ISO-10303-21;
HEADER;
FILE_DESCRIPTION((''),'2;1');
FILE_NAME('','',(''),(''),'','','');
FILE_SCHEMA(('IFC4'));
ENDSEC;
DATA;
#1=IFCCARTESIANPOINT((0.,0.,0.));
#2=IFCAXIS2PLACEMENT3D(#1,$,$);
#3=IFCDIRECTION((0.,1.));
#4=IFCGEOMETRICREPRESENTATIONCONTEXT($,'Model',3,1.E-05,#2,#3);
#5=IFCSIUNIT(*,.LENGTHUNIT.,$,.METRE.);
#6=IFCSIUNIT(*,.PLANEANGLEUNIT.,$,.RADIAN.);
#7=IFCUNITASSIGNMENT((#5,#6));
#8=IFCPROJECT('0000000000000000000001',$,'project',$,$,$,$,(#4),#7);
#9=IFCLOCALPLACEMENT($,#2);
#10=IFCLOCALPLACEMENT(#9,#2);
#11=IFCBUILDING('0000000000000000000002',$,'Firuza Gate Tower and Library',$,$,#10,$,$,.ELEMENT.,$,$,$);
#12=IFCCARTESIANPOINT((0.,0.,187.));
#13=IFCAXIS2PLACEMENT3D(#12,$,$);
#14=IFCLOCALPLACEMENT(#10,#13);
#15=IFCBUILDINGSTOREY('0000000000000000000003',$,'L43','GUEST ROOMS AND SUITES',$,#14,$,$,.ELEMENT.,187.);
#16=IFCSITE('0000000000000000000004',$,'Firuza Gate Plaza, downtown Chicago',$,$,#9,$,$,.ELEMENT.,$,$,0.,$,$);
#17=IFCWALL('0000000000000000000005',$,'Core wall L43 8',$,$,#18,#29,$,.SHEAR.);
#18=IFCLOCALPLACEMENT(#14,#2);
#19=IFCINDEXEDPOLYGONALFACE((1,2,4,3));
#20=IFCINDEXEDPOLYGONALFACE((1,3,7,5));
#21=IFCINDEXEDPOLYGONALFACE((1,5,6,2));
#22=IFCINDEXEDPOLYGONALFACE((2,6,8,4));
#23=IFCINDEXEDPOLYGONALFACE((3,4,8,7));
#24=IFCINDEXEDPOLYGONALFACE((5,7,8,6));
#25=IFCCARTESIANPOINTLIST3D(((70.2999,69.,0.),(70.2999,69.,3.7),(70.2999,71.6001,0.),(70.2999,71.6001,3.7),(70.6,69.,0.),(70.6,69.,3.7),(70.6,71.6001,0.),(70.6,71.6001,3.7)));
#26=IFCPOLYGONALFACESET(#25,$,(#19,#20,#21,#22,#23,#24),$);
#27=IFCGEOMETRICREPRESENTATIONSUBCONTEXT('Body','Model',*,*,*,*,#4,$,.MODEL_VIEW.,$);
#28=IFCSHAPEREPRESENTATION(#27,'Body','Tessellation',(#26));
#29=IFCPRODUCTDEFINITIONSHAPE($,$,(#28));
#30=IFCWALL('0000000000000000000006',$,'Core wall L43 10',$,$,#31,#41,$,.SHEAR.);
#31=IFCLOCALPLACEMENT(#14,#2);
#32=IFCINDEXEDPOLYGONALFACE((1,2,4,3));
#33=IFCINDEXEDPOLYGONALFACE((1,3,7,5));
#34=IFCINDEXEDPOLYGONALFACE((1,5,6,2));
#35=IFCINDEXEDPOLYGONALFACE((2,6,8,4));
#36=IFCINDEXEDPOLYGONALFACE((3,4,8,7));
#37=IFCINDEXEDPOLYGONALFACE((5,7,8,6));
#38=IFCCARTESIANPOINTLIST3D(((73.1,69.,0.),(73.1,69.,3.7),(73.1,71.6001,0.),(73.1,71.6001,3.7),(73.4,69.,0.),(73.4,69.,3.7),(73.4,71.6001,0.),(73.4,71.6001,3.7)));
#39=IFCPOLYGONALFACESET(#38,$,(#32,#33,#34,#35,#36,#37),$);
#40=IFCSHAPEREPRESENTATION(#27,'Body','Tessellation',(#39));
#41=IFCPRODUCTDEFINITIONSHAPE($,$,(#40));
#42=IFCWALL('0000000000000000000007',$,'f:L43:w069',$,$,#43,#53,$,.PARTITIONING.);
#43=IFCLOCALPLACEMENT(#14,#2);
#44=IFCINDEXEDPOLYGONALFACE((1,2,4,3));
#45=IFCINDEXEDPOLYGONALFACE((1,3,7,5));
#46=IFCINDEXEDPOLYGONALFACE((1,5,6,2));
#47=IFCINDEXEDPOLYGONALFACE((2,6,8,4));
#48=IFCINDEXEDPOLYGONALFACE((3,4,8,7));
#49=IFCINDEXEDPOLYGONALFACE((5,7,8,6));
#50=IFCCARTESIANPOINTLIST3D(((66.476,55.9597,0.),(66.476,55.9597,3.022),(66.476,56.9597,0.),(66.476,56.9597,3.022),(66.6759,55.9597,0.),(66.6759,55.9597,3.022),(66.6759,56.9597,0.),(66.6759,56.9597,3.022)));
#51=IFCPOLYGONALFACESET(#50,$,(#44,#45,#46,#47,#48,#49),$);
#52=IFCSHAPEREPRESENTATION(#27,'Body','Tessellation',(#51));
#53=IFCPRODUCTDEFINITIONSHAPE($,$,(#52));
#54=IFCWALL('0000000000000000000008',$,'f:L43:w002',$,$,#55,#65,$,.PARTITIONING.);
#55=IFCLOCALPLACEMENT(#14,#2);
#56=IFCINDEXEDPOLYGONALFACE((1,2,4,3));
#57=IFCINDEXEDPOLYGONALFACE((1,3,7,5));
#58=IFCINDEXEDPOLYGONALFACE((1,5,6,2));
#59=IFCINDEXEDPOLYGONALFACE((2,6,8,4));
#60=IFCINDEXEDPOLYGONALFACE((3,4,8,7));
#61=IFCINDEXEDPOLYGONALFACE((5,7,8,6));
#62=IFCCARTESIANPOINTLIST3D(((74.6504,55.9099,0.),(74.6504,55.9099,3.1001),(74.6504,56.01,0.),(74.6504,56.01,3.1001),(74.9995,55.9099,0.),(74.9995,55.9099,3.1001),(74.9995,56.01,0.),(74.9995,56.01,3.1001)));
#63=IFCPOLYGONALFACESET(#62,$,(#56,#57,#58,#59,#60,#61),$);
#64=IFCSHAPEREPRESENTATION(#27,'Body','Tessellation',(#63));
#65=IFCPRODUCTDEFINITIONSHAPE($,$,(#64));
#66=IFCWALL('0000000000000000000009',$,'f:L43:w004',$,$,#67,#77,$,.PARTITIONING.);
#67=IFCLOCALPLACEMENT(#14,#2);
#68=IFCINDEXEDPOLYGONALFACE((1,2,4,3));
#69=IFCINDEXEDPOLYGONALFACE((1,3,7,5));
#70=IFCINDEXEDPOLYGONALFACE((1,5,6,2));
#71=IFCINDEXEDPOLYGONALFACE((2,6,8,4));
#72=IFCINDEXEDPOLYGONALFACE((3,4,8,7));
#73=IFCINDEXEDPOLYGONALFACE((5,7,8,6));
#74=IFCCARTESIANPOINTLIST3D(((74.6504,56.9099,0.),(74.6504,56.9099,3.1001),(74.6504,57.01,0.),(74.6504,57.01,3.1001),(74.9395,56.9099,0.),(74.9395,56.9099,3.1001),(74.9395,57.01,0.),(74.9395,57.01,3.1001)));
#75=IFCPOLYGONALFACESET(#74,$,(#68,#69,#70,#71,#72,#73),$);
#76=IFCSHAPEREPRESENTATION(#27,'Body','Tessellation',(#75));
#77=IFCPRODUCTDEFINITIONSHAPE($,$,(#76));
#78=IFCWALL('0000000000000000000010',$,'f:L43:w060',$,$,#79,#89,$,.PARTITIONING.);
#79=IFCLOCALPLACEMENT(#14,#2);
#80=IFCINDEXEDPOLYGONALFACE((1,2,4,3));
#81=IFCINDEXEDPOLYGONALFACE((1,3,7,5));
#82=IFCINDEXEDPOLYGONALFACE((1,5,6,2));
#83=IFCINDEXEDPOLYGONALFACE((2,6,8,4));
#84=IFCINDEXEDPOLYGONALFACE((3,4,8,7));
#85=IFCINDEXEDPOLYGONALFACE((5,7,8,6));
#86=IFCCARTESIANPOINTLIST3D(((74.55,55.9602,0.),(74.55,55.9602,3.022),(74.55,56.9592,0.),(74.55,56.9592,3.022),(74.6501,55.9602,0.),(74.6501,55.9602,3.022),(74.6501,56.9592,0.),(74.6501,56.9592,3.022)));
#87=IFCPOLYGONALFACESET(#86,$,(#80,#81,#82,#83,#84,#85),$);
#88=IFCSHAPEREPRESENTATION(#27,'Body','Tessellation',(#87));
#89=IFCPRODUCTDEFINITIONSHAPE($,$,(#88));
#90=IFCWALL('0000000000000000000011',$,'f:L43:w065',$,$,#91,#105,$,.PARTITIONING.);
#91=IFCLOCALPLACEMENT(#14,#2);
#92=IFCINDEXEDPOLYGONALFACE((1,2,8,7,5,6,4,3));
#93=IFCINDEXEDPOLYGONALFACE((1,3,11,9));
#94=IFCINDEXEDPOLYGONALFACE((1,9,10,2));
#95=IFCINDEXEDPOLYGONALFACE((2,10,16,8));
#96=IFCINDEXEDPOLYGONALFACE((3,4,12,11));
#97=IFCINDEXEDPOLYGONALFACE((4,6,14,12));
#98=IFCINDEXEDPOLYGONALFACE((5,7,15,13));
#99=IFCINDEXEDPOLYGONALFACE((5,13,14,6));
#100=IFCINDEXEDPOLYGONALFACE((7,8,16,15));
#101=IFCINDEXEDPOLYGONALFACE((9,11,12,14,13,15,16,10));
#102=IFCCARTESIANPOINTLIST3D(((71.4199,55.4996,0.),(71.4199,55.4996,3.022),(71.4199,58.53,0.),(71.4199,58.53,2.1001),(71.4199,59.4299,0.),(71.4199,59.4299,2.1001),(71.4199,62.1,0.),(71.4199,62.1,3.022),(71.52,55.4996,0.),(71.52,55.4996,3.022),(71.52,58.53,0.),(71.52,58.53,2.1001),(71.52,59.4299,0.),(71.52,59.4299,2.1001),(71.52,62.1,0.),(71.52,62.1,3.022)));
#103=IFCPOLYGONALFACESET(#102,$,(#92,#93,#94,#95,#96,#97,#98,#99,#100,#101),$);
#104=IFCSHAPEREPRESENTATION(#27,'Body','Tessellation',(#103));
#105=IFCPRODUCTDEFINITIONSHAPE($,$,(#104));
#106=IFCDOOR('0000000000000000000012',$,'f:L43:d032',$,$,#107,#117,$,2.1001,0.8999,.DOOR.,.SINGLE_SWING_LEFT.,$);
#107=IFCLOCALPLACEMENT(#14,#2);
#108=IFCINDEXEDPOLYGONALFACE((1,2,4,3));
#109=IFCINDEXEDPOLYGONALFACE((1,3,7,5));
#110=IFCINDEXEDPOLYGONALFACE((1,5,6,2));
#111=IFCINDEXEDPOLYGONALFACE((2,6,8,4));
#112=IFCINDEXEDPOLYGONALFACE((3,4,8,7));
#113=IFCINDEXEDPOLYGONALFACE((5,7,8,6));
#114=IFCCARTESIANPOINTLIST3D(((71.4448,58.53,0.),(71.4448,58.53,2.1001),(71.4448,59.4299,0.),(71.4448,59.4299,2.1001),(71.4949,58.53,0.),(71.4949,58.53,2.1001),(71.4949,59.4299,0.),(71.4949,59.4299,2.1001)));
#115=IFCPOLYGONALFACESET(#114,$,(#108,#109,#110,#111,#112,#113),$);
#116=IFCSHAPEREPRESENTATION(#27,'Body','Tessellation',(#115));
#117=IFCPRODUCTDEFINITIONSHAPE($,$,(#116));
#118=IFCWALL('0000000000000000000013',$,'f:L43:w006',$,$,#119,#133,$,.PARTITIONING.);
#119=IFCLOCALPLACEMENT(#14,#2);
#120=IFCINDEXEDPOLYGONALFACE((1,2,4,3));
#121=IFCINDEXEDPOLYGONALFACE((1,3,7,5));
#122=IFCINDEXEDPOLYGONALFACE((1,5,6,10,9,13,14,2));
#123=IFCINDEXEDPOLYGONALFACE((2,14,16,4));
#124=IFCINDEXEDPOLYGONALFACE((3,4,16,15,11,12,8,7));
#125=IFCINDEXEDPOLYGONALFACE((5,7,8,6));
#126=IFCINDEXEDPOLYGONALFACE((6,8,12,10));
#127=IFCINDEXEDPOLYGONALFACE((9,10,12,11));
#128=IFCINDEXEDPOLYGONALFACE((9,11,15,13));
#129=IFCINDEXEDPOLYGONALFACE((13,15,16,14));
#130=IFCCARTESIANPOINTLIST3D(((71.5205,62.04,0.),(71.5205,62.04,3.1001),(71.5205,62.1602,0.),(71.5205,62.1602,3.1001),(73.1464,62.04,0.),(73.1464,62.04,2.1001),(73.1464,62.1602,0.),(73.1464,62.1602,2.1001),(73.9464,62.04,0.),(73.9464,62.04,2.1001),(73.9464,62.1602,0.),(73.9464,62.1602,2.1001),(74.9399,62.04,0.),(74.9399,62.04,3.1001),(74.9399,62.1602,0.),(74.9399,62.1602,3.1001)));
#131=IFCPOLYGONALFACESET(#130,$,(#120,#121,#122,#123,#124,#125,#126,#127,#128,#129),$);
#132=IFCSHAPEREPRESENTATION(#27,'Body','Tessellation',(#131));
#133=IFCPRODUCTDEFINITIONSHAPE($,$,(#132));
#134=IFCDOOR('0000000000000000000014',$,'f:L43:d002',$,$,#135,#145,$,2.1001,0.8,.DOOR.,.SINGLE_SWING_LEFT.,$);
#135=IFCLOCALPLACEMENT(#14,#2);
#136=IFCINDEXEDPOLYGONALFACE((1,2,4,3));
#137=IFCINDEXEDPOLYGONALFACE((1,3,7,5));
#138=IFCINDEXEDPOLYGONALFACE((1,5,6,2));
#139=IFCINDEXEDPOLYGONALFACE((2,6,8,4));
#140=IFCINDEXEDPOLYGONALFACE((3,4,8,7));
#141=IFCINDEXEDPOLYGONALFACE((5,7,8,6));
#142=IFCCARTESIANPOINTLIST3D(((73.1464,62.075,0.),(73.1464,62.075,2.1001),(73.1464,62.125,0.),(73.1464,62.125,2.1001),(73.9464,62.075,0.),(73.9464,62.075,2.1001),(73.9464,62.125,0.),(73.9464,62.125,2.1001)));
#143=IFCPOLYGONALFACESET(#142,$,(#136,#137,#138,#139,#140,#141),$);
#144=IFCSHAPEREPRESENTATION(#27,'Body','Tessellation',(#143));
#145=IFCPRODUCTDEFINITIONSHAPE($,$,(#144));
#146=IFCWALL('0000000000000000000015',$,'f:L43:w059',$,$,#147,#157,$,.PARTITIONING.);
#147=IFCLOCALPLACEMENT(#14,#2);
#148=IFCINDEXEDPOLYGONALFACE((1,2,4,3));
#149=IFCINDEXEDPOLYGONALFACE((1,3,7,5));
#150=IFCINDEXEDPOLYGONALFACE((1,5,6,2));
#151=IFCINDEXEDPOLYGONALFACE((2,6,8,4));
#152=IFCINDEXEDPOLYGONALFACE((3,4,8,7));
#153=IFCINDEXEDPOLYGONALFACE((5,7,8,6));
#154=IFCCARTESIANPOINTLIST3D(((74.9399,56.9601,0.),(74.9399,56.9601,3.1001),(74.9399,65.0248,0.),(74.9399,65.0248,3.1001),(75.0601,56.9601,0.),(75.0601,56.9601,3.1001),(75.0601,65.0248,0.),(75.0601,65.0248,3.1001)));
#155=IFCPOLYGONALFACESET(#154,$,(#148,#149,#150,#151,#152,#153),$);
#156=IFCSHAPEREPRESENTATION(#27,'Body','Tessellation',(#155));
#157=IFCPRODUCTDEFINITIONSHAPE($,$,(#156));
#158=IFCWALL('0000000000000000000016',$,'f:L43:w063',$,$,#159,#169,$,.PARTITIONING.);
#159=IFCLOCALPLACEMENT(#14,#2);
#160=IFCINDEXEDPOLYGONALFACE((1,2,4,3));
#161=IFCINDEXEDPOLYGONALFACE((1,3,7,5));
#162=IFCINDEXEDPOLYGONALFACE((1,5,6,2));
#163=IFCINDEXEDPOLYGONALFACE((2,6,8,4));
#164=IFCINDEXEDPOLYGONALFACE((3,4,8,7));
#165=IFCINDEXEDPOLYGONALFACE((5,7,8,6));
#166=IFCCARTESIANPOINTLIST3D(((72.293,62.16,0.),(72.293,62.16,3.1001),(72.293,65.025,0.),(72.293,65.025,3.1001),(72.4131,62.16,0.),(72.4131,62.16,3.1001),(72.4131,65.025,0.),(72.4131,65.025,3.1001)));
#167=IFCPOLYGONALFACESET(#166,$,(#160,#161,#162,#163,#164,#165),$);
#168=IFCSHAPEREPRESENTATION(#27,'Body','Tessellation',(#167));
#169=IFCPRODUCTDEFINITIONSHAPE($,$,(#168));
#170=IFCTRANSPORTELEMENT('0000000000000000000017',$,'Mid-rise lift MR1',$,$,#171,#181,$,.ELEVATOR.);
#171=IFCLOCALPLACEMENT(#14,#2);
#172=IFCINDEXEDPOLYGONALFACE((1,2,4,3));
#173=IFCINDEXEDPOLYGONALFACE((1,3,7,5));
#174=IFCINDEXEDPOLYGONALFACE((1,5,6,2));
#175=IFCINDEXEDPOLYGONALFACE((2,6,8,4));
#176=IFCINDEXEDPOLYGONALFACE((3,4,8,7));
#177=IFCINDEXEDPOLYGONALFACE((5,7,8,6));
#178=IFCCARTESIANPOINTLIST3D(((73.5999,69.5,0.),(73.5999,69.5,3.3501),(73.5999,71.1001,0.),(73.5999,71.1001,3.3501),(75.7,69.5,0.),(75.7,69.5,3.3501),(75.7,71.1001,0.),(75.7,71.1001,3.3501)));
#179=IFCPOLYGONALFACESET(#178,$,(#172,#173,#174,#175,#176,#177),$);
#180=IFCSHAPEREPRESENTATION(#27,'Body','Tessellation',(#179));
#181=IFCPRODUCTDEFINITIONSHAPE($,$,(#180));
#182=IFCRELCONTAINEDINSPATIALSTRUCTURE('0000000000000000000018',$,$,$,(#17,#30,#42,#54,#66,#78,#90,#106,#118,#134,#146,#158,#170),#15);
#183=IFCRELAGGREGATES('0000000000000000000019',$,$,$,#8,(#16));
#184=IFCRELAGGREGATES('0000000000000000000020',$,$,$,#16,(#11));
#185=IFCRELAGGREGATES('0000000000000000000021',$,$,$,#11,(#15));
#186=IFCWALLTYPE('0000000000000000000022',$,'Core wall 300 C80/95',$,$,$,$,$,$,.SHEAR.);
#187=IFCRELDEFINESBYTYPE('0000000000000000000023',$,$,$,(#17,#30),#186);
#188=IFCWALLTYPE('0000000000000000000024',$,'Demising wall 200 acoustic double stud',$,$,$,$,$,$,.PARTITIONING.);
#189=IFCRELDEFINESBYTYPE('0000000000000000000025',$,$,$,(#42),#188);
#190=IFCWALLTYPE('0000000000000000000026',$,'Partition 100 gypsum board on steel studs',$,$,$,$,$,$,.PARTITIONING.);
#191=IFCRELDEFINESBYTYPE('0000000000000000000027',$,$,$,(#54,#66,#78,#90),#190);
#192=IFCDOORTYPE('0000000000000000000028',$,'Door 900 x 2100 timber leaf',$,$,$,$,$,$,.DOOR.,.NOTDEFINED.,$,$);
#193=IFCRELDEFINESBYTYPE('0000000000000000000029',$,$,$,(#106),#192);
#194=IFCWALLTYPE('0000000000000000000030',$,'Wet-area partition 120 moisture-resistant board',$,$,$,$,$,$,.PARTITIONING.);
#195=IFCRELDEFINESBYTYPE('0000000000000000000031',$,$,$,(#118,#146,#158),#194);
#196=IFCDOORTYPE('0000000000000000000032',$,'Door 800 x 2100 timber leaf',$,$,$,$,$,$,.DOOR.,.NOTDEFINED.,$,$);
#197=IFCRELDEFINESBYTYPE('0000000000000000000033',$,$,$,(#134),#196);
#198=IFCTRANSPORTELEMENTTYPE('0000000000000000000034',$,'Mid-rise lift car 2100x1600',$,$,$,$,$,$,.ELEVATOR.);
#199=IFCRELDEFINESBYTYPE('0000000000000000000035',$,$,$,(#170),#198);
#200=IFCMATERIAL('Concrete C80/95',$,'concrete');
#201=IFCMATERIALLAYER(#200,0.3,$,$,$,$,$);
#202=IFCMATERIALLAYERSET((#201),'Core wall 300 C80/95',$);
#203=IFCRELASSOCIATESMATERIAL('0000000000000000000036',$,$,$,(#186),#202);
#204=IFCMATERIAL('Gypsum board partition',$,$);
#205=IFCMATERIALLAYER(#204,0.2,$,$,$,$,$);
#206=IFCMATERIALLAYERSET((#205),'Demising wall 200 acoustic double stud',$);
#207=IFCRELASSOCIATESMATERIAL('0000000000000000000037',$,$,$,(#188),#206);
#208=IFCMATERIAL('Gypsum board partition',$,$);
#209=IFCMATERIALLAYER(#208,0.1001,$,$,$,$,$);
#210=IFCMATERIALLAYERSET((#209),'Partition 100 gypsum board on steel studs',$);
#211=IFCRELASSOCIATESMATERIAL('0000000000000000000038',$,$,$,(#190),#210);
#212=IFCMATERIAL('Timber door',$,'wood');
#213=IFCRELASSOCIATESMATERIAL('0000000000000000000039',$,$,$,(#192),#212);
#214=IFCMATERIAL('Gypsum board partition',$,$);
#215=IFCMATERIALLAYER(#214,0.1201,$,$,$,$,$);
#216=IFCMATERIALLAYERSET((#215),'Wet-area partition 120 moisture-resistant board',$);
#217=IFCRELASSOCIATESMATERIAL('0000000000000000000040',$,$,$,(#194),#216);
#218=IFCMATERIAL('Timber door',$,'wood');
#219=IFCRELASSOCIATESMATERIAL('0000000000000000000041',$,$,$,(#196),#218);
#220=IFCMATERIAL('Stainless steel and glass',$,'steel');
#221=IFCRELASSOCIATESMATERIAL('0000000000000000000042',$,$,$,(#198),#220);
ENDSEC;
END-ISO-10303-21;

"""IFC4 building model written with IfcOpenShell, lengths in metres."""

from ifc_helpers import new_model, si_unit, direction, frame, frame_2d, origin, origin_2d, place, context, subcontext, project, spatial, rectangle, extrude, material, layer, layer_set, type_object, element, fill, save


model = new_model("IFC4")

# Units and contexts
model_context = context("Model", 3, precision=1e-05, world=origin(), true_north=direction((0.0, 1.0)))
body_context = subcontext(model_context, "Body", "Model", "MODEL_VIEW")
ifc_project = project(units=[si_unit("LENGTHUNIT", "METRE"), si_unit("PLANEANGLEUNIT", "RADIAN")], contexts=[model_context])

# Site, building, storey
site_placement = place(None, origin())
site = spatial("IfcSite", under=ifc_project, at=site_placement, Name="Firuza Gate Plaza, downtown Chicago", CompositionType="ELEMENT", RefElevation=0.0)
building_placement = place(site_placement, origin())
building = spatial("IfcBuilding", under=site, at=building_placement, Name="Firuza Gate Tower and Library", CompositionType="ELEMENT")
storey_placement = place(building_placement, frame((0.0, 0.0, 187.0)))
storey = spatial("IfcBuildingStorey", under=building, at=storey_placement, Name="L43", Description="GUEST ROOMS AND SUITES", CompositionType="ELEMENT", Elevation=187.0)

# Walls
ifc_material_1 = material(Name="Concrete C80/95", Category="concrete")
ifc_layer_1 = layer(ifc_material_1, 0.3)
ifc_layer_set_1 = layer_set([ifc_layer_1], Name="Core wall 300 C80/95")
wall_type_1 = type_object("IfcWallType", Name="Core wall 300 C80/95", PredefinedType="SHEAR", material=ifc_layer_set_1)
for number, where, z_axis, x_axis, name in (
    (1, (70.45, 69.0, 0.0), (0.0, 0.0, 1.0), (0.0, 1.0, 0.0), "Core wall L43 8"),
    (2, (73.25, 69.0, 0.0), (0.0, 0.0, 1.0), (0.0, 1.0, 0.0), "Core wall L43 10"),
):
    element("IfcWall", number, at=place(storey_placement, frame(where, z_axis=z_axis, x_axis=x_axis)), inside=storey, type_object=wall_type_1, Name=name, PredefinedType="SHEAR", context=body_context, shape_type="SweptSolid", body=[
        extrude(rectangle(XDim=2.6001, YDim=0.3, at=frame_2d((1.3, 0.0))), origin(), (0.0, 0.0, 1.0), 3.7),
    ])
ifc_material_2 = material(Name="Gypsum board partition")
ifc_layer_2 = layer(ifc_material_2, 0.2)
ifc_layer_set_2 = layer_set([ifc_layer_2], Name="Demising wall 200 acoustic double stud")
wall_type_2 = type_object("IfcWallType", Name="Demising wall 200 acoustic double stud", PredefinedType="PARTITIONING", material=ifc_layer_set_2)
wall_1_placement = place(storey_placement, frame((66.5759, 55.9597, 0.0), z_axis=(0.0, 0.0, 1.0), x_axis=(0.0, 1.0, 0.0)))
element("IfcWall", 3, at=wall_1_placement, inside=storey, type_object=wall_type_2, Name="f:L43:w069", PredefinedType="PARTITIONING", context=body_context, shape_type="SweptSolid", body=[
    extrude(rectangle(XDim=1.0, YDim=0.2, at=frame_2d((0.5, 0.0))), origin(), (0.0, 0.0, 1.0), 3.022),
])
ifc_material_3 = material(Name="Gypsum board partition")
ifc_layer_3 = layer(ifc_material_3, 0.1001)
ifc_layer_set_3 = layer_set([ifc_layer_3], Name="Partition 100 gypsum board on steel studs")
wall_type_3 = type_object("IfcWallType", Name="Partition 100 gypsum board on steel studs", PredefinedType="PARTITIONING", material=ifc_layer_set_3)
wall_2_placement = place(storey_placement, frame((74.6504, 55.96, 0.0), z_axis=(0.0, 0.0, 1.0), x_axis=(1.0, 0.0, 0.0)))
element("IfcWall", 4, at=wall_2_placement, inside=storey, type_object=wall_type_3, Name="f:L43:w002", PredefinedType="PARTITIONING", context=body_context, shape_type="SweptSolid", body=[
    extrude(rectangle(XDim=0.3491, YDim=0.1001, at=frame_2d((0.1746, 0.0))), origin(), (0.0, 0.0, 1.0), 3.1001),
])
wall_3_placement = place(storey_placement, frame((74.6504, 56.96, 0.0), z_axis=(0.0, 0.0, 1.0), x_axis=(1.0, 0.0, 0.0)))
element("IfcWall", 5, at=wall_3_placement, inside=storey, type_object=wall_type_3, Name="f:L43:w004", PredefinedType="PARTITIONING", context=body_context, shape_type="SweptSolid", body=[
    extrude(rectangle(XDim=0.2891, YDim=0.1001, at=frame_2d((0.1445, 0.0))), origin(), (0.0, 0.0, 1.0), 3.1001),
])
wall_4_placement = place(storey_placement, frame((74.6001, 55.9602, 0.0), z_axis=(0.0, 0.0, 1.0), x_axis=(0.0, 1.0, 0.0)))
element("IfcWall", 6, at=wall_4_placement, inside=storey, type_object=wall_type_3, Name="f:L43:w060", PredefinedType="PARTITIONING", context=body_context, shape_type="SweptSolid", body=[
    extrude(rectangle(XDim=0.999, YDim=0.1001, at=frame_2d((0.4995, 0.0))), origin(), (0.0, 0.0, 1.0), 3.022),
])

# Walls, openings, doors
wall_5_placement = place(storey_placement, frame((71.47, 62.1001, 0.0), z_axis=(0.0, 0.0, 1.0), x_axis=(0.0, -1.0, 0.0)))
wall_5 = element("IfcWall", 7, at=wall_5_placement, inside=storey, type_object=wall_type_3, Name="f:L43:w065", PredefinedType="PARTITIONING", context=body_context, shape_type="SweptSolid", body=[
    extrude(rectangle(XDim=6.6003, YDim=0.1001, at=frame_2d((3.3003, 0.0))), origin(), (0.0, 0.0, 1.0), 3.022),
])
opening_1_placement = place(wall_5_placement, frame((2.6702, 0.0, 0.0)))
opening_1 = element("IfcOpeningElement", 8, at=opening_1_placement, cuts=wall_5, PredefinedType="OPENING", context=body_context, shape_type="SweptSolid", body=[
    extrude(rectangle(XDim=0.8999, YDim=2.1001, at=frame_2d((0.45, 1.05))), frame((0.0, 0.0601, 0.0), z_axis=(0.0, -1.0, 0.0), x_axis=(1.0, 0.0, 0.0)), (0.0, 0.0, 1.0), 0.1201),
])
ifc_material_4 = material(Name="Timber door", Category="wood")
door_type_1 = type_object("IfcDoorType", Name="Door 900 x 2100 timber leaf", OperationType="NOTDEFINED", PredefinedType="DOOR", material=ifc_material_4)
door_1_placement = place(opening_1_placement, origin())
door_1 = element("IfcDoor", 9, at=door_1_placement, inside=storey, type_object=door_type_1, Name="f:L43:d032", OperationType="SINGLE_SWING_LEFT", OverallHeight=2.1001, OverallWidth=0.8999, PredefinedType="DOOR", context=body_context, shape_type="SweptSolid", body=[
    extrude(rectangle(XDim=0.8999, YDim=2.1001, at=frame_2d((0.45, 1.05))), frame((0.0, 0.0249, 0.0), z_axis=(0.0, -1.0, 0.0), x_axis=(1.0, 0.0, 0.0)), (0.0, 0.0, 1.0), 0.05),
])
fill(opening_1, door_1)
ifc_material_5 = material(Name="Gypsum board partition")
ifc_layer_4 = layer(ifc_material_5, 0.1201)
ifc_layer_set_4 = layer_set([ifc_layer_4], Name="Wet-area partition 120 moisture-resistant board")
wall_type_4 = type_object("IfcWallType", Name="Wet-area partition 120 moisture-resistant board", PredefinedType="PARTITIONING", material=ifc_layer_set_4)
wall_6_placement = place(storey_placement, frame((71.5205, 62.1001, 0.0), z_axis=(0.0, 0.0, 1.0), x_axis=(1.0, 0.0, 0.0)))
wall_6 = element("IfcWall", 10, at=wall_6_placement, inside=storey, type_object=wall_type_4, Name="f:L43:w006", PredefinedType="PARTITIONING", context=body_context, shape_type="SweptSolid", body=[
    extrude(rectangle(XDim=3.4194, YDim=0.1201, at=frame_2d((1.7097, 0.0))), origin(), (0.0, 0.0, 1.0), 3.1001),
])
opening_2_placement = place(wall_6_placement, frame((1.626, 0.0, 0.0)))
opening_2 = element("IfcOpeningElement", 11, at=opening_2_placement, cuts=wall_6, PredefinedType="OPENING", context=body_context, shape_type="SweptSolid", body=[
    extrude(rectangle(XDim=0.8, YDim=2.1001, at=frame_2d((0.3999, 1.05))), frame((0.0, 0.0701, 0.0), z_axis=(0.0, -1.0, 0.0), x_axis=(1.0, 0.0, 0.0)), (0.0, 0.0, 1.0), 0.1401),
])
ifc_material_6 = material(Name="Timber door", Category="wood")
door_type_2 = type_object("IfcDoorType", Name="Door 800 x 2100 timber leaf", OperationType="NOTDEFINED", PredefinedType="DOOR", material=ifc_material_6)
door_2_placement = place(opening_2_placement, origin())
door_2 = element("IfcDoor", 12, at=door_2_placement, inside=storey, type_object=door_type_2, Name="f:L43:d002", OperationType="SINGLE_SWING_LEFT", OverallHeight=2.1001, OverallWidth=0.8, PredefinedType="DOOR", context=body_context, shape_type="SweptSolid", body=[
    extrude(rectangle(XDim=0.8, YDim=2.1001, at=frame_2d((0.3999, 1.05))), frame((0.0, 0.0249, 0.0), z_axis=(0.0, -1.0, 0.0), x_axis=(1.0, 0.0, 0.0)), (0.0, 0.0, 1.0), 0.05),
])
fill(opening_2, door_2)

# Walls
wall_7_placement = place(storey_placement, frame((75.0, 56.9602, 0.0), z_axis=(0.0, 0.0, 1.0), x_axis=(0.0, 1.0, 0.0)))
element("IfcWall", 13, at=wall_7_placement, inside=storey, type_object=wall_type_4, Name="f:L43:w059", PredefinedType="PARTITIONING", context=body_context, shape_type="SweptSolid", body=[
    extrude(rectangle(XDim=8.0647, YDim=0.1201, at=frame_2d((4.0322, 0.0))), origin(), (0.0, 0.0, 1.0), 3.1001),
])
wall_8_placement = place(storey_placement, frame((72.353, 62.1599, 0.0), z_axis=(0.0, 0.0, 1.0), x_axis=(0.0, 1.0, 0.0)))
element("IfcWall", 14, at=wall_8_placement, inside=storey, type_object=wall_type_4, Name="f:L43:w063", PredefinedType="PARTITIONING", context=body_context, shape_type="SweptSolid", body=[
    extrude(rectangle(XDim=2.865, YDim=0.1201, at=frame_2d((1.4326, 0.0))), origin(), (0.0, 0.0, 1.0), 3.1001),
])

# Transport element
ifc_material_7 = material(Name="Stainless steel and glass", Category="steel")
transport_element_type = type_object("IfcTransportElementType", Name="Mid-rise lift car 2100x1600", PredefinedType="ELEVATOR", material=ifc_material_7)
transport_element_placement = place(storey_placement, frame((74.6499, 70.3, 0.0), z_axis=(0.0, 0.0, 1.0), x_axis=(1.0, 0.0, 0.0)))
element("IfcTransportElement", 15, at=transport_element_placement, inside=storey, type_object=transport_element_type, Name="Mid-rise lift MR1", PredefinedType="ELEVATOR", context=body_context, shape_type="SweptSolid", body=[
    extrude(rectangle(XDim=2.1001, YDim=1.6001, at=origin_2d()), origin(), (0.0, 0.0, 1.0), 3.3501),
])

save(model, "model.ifc")
